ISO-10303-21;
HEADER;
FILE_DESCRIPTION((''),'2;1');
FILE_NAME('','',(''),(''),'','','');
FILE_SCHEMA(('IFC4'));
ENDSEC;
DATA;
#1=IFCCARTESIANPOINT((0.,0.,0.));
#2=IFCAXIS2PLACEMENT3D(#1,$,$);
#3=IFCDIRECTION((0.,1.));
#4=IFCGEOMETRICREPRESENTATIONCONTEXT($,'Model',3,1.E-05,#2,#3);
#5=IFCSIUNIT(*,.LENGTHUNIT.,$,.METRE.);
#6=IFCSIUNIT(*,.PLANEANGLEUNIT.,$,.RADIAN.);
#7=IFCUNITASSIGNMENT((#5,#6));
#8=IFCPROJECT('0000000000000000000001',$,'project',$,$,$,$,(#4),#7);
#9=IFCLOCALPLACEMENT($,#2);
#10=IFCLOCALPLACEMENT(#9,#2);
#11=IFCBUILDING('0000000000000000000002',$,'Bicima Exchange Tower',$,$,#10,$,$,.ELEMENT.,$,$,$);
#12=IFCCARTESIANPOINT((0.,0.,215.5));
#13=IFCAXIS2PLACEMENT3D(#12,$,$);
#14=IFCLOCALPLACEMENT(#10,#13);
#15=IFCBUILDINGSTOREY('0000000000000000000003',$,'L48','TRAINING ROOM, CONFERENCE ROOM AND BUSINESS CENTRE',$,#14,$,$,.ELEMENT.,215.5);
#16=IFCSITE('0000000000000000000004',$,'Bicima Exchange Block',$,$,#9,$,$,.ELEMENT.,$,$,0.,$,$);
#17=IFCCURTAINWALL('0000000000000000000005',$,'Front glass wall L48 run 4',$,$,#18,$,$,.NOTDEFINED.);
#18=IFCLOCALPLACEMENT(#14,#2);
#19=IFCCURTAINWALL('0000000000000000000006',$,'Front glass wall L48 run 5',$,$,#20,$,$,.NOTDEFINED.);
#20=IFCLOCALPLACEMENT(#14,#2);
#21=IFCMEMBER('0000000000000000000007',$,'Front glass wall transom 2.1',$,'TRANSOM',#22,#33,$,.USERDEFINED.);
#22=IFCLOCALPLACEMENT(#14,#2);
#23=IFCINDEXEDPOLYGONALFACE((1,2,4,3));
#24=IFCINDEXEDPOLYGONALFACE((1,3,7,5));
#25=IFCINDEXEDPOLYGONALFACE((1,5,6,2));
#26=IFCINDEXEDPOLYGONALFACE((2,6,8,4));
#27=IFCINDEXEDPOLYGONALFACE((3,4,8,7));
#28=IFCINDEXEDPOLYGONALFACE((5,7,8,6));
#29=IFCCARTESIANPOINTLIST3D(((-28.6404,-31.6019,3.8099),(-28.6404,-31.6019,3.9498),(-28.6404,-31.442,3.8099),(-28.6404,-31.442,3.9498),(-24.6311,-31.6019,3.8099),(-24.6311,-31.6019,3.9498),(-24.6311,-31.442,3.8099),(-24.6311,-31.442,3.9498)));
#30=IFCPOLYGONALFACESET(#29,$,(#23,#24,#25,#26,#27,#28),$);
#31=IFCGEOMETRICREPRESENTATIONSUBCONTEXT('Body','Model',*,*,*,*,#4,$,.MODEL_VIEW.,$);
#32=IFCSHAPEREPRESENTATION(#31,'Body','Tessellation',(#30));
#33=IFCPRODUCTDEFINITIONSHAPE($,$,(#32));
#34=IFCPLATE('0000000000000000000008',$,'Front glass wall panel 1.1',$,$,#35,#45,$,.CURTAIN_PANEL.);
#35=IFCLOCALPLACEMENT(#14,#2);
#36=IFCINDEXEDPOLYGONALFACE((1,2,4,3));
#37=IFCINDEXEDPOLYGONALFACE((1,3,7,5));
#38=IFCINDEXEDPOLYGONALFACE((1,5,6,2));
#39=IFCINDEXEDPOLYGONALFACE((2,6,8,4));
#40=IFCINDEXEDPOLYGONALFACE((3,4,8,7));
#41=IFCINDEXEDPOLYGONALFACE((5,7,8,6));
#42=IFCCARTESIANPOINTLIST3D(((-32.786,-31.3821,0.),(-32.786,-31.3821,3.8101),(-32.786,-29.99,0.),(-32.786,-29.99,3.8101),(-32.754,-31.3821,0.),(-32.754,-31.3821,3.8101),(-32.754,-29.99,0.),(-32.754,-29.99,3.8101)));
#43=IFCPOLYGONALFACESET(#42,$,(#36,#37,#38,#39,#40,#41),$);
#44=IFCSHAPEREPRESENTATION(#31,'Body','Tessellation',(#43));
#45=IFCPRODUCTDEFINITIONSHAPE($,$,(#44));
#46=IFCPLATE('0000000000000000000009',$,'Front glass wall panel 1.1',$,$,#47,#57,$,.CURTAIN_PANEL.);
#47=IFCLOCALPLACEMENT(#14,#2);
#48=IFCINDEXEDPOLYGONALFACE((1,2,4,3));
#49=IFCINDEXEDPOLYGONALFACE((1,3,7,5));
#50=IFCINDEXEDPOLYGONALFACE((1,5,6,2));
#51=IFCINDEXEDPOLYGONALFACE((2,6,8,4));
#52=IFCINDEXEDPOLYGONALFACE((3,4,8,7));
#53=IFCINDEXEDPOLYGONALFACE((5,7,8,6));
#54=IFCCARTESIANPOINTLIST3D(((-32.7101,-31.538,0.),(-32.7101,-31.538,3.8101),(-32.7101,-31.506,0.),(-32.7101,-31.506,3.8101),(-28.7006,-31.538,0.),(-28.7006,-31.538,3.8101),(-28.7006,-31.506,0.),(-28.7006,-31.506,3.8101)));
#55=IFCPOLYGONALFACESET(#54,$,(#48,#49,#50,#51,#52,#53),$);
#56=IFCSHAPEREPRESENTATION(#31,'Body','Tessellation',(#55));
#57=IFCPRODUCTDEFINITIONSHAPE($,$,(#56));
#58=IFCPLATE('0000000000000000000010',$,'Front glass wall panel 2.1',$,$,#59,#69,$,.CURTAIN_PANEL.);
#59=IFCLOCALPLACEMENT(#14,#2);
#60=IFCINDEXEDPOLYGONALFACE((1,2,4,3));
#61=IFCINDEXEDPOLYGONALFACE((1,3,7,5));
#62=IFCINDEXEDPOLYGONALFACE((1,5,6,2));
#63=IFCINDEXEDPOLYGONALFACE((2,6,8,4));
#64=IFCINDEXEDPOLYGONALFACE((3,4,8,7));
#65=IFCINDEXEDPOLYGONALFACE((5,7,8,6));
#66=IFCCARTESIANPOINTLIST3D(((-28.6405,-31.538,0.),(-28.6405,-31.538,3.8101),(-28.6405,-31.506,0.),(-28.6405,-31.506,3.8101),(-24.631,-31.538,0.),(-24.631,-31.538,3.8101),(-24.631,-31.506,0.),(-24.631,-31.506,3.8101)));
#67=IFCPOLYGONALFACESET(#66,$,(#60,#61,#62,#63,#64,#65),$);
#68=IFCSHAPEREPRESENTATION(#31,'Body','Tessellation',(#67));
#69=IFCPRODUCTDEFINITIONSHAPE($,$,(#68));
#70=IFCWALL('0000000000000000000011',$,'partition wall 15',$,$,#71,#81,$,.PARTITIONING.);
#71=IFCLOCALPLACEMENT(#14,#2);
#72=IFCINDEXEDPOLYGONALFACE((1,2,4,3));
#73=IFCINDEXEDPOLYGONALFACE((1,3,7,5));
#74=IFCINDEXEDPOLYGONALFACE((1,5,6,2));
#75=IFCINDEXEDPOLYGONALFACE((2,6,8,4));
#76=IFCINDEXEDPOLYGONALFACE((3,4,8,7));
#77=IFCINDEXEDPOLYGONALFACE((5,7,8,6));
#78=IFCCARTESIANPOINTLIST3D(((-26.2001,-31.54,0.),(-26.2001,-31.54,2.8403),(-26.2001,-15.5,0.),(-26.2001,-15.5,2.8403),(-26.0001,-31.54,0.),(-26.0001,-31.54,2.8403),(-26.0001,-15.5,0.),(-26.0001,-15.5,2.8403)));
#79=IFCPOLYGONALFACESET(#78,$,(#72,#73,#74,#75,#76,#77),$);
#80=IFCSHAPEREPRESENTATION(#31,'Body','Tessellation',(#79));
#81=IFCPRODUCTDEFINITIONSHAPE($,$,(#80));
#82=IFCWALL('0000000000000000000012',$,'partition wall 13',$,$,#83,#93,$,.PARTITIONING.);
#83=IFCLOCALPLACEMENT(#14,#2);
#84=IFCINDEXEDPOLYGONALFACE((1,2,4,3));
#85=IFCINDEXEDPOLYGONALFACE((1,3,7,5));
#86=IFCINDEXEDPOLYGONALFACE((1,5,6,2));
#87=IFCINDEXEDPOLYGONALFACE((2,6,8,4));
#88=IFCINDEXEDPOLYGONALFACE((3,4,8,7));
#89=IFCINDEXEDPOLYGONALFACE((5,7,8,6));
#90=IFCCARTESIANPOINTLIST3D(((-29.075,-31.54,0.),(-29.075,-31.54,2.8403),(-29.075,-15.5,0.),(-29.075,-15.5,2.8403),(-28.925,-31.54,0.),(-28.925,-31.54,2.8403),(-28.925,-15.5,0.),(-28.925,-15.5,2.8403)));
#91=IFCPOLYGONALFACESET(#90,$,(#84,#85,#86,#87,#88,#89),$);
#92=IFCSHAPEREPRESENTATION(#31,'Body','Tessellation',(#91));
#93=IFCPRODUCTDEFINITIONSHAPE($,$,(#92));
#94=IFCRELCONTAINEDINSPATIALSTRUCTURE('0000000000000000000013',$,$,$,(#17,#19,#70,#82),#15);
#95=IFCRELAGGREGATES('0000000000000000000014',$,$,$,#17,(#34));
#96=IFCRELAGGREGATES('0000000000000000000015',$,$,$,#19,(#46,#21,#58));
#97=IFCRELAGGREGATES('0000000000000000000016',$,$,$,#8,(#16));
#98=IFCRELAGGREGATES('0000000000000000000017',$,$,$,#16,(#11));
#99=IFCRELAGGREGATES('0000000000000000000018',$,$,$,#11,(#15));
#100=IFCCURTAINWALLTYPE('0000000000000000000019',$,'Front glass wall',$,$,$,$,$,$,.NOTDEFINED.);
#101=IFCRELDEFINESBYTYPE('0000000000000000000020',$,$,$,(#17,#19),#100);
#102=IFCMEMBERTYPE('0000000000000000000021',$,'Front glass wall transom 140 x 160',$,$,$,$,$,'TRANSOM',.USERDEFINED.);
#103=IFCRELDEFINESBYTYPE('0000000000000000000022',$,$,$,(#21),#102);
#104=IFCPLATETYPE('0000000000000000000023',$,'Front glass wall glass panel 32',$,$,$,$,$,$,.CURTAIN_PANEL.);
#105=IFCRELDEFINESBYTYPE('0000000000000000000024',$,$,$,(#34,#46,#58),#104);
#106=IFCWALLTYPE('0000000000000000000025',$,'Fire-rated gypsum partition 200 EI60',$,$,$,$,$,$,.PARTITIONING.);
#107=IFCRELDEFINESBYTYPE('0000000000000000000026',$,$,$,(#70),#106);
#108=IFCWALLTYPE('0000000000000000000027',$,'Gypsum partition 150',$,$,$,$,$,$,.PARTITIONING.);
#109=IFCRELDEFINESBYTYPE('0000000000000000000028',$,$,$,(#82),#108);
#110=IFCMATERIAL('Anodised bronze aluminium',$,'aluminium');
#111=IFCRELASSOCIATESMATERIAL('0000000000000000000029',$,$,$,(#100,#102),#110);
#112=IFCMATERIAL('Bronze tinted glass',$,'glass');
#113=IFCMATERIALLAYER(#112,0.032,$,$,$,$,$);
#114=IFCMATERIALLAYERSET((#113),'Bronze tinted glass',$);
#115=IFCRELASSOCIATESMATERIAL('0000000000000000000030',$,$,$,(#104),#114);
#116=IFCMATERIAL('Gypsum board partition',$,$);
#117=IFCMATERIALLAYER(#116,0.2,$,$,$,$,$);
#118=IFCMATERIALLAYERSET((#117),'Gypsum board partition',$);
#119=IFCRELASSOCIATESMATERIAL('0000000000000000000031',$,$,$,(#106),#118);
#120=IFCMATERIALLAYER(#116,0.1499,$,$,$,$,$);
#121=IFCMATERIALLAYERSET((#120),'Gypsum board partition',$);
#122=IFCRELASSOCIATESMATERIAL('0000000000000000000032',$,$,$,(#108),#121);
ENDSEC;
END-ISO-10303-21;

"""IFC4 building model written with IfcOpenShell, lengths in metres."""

from ifc_helpers import new_model, si_unit, direction, frame, frame_2d, origin, origin_2d, place, context, subcontext, project, spatial, rectangle, extrude, material, layer, layer_set, material_profile, profile_set, type_object, element, aggregate, save


model = new_model("IFC4")

# Units and contexts
model_context = context("Model", 3, precision=1e-05, world=origin(), true_north=direction((0.0, 1.0)))
body_context = subcontext(model_context, "Body", "Model", "MODEL_VIEW")
ifc_project = project(units=[si_unit("LENGTHUNIT", "METRE"), si_unit("PLANEANGLEUNIT", "RADIAN")], contexts=[model_context])

# Site, building, storey
site_placement = place(None, origin())
site = spatial("IfcSite", under=ifc_project, at=site_placement, Name="Bicima Exchange Block", CompositionType="ELEMENT", RefElevation=0.0)
building_placement = place(site_placement, origin())
building = spatial("IfcBuilding", under=site, at=building_placement, Name="Bicima Exchange Tower", CompositionType="ELEMENT")
storey_placement = place(building_placement, frame((0.0, 0.0, 215.5)))
storey = spatial("IfcBuildingStorey", under=building, at=storey_placement, Name="L48", Description="TRAINING ROOM, CONFERENCE ROOM AND BUSINESS CENTRE", CompositionType="ELEMENT", Elevation=215.5)

# Shared definitions
ifc_material_1 = material(Name="Anodised bronze aluminium", Category="aluminium")
curtain_wall_type = type_object("IfcCurtainWallType", Name="Front glass wall", PredefinedType="NOTDEFINED", material=ifc_material_1)

# Curtain walls
curtain_wall_1_placement = place(storey_placement, origin())
curtain_wall_1 = element("IfcCurtainWall", 1, at=curtain_wall_1_placement, inside=storey, type_object=curtain_wall_type, Name="Front glass wall L48 run 4", PredefinedType="NOTDEFINED")
curtain_wall_2_placement = place(storey_placement, origin())
curtain_wall_2 = element("IfcCurtainWall", 2, at=curtain_wall_2_placement, inside=storey, type_object=curtain_wall_type, Name="Front glass wall L48 run 5", PredefinedType="NOTDEFINED")

# Member
ifc_material_profile_1 = material_profile(ifc_material_1, rectangle(XDim=0.1599, YDim=0.1399, at=origin_2d()))
ifc_profile_set_1 = profile_set([ifc_material_profile_1], Name="Anodised bronze aluminium")
member_type_1 = type_object("IfcMemberType", Name="Front glass wall transom 140 x 160", ElementType="TRANSOM", PredefinedType="USERDEFINED", material=ifc_profile_set_1)
member_1_placement = place(storey_placement, frame((-28.6404, -31.522, 3.8799), z_axis=(1.0, 0.0, 0.0), x_axis=(0.0, 1.0, 0.0)))
member_1 = element("IfcMember", 3, at=member_1_placement, type_object=member_type_1, Name="Front glass wall transom 2.1", ObjectType="TRANSOM", PredefinedType="USERDEFINED", context=body_context, shape_type="SweptSolid", body=[
    extrude(rectangle(XDim=0.1599, YDim=0.1399, at=origin_2d()), origin(), (0.0, 0.0, 1.0), 4.0093),
])

# Plates
ifc_material_2 = material(Name="Bronze tinted glass", Category="glass")
ifc_layer_1 = layer(ifc_material_2, 0.032)
ifc_layer_set_1 = layer_set([ifc_layer_1], Name="Bronze tinted glass")
plate_type = type_object("IfcPlateType", Name="Front glass wall glass panel 32", PredefinedType="CURTAIN_PANEL", material=ifc_layer_set_1)
plate_1_placement = place(storey_placement, frame((-32.77, -30.686, 0.0), z_axis=(0.0, 0.0, 1.0), x_axis=(0.0, -1.0, 0.0)))
plate_1 = element("IfcPlate", 4, at=plate_1_placement, type_object=plate_type, Name="Front glass wall panel 1.1", PredefinedType="CURTAIN_PANEL", context=body_context, shape_type="SweptSolid", body=[
    extrude(rectangle(XDim=1.3921, YDim=0.032, at=origin_2d()), origin(), (0.0, 0.0, 1.0), 3.8101),
])
aggregate(curtain_wall_1, [plate_1])
plate_2_placement = place(storey_placement, frame((-30.7053, -31.522, 0.0), z_axis=(0.0, 0.0, 1.0), x_axis=(1.0, 0.0, 0.0)))
plate_2 = element("IfcPlate", 5, at=plate_2_placement, type_object=plate_type, Name="Front glass wall panel 1.1", PredefinedType="CURTAIN_PANEL", context=body_context, shape_type="SweptSolid", body=[
    extrude(rectangle(XDim=4.0095, YDim=0.032, at=origin_2d()), origin(), (0.0, 0.0, 1.0), 3.8101),
])
plate_3_placement = place(storey_placement, frame((-26.6357, -31.522, 0.0), z_axis=(0.0, 0.0, 1.0), x_axis=(1.0, 0.0, 0.0)))
plate_3 = element("IfcPlate", 6, at=plate_3_placement, type_object=plate_type, Name="Front glass wall panel 2.1", PredefinedType="CURTAIN_PANEL", context=body_context, shape_type="SweptSolid", body=[
    extrude(rectangle(XDim=4.0095, YDim=0.032, at=origin_2d()), origin(), (0.0, 0.0, 1.0), 3.8101),
])
aggregate(curtain_wall_2, [plate_2, member_1, plate_3])

# Walls
ifc_material_3 = material(Name="Gypsum board partition")
ifc_layer_2 = layer(ifc_material_3, 0.2)
ifc_layer_set_2 = layer_set([ifc_layer_2], Name="Gypsum board partition")
wall_type_1 = type_object("IfcWallType", Name="Fire-rated gypsum partition 200 EI60", PredefinedType="PARTITIONING", material=ifc_layer_set_2)
wall_1_placement = place(storey_placement, frame((-26.1001, -31.54, 0.0), z_axis=(0.0, 0.0, 1.0), x_axis=(0.0, 1.0, 0.0)))
element("IfcWall", 7, at=wall_1_placement, inside=storey, type_object=wall_type_1, Name="partition wall 15", PredefinedType="PARTITIONING", context=body_context, shape_type="SweptSolid", body=[
    extrude(rectangle(XDim=16.04, YDim=0.2, at=frame_2d((8.02, 0.0))), origin(), (0.0, 0.0, 1.0), 2.8403),
])
ifc_layer_3 = layer(ifc_material_3, 0.1499)
ifc_layer_set_3 = layer_set([ifc_layer_3], Name="Gypsum board partition")
wall_type_2 = type_object("IfcWallType", Name="Gypsum partition 150", PredefinedType="PARTITIONING", material=ifc_layer_set_3)
wall_2_placement = place(storey_placement, frame((-29.0, -31.54, 0.0), z_axis=(0.0, 0.0, 1.0), x_axis=(0.0, 1.0, 0.0)))
element("IfcWall", 8, at=wall_2_placement, inside=storey, type_object=wall_type_2, Name="partition wall 13", PredefinedType="PARTITIONING", context=body_context, shape_type="SweptSolid", body=[
    extrude(rectangle(XDim=16.04, YDim=0.1499, at=frame_2d((8.02, 0.0))), origin(), (0.0, 0.0, 1.0), 2.8403),
])

save(model, "model.ifc")
